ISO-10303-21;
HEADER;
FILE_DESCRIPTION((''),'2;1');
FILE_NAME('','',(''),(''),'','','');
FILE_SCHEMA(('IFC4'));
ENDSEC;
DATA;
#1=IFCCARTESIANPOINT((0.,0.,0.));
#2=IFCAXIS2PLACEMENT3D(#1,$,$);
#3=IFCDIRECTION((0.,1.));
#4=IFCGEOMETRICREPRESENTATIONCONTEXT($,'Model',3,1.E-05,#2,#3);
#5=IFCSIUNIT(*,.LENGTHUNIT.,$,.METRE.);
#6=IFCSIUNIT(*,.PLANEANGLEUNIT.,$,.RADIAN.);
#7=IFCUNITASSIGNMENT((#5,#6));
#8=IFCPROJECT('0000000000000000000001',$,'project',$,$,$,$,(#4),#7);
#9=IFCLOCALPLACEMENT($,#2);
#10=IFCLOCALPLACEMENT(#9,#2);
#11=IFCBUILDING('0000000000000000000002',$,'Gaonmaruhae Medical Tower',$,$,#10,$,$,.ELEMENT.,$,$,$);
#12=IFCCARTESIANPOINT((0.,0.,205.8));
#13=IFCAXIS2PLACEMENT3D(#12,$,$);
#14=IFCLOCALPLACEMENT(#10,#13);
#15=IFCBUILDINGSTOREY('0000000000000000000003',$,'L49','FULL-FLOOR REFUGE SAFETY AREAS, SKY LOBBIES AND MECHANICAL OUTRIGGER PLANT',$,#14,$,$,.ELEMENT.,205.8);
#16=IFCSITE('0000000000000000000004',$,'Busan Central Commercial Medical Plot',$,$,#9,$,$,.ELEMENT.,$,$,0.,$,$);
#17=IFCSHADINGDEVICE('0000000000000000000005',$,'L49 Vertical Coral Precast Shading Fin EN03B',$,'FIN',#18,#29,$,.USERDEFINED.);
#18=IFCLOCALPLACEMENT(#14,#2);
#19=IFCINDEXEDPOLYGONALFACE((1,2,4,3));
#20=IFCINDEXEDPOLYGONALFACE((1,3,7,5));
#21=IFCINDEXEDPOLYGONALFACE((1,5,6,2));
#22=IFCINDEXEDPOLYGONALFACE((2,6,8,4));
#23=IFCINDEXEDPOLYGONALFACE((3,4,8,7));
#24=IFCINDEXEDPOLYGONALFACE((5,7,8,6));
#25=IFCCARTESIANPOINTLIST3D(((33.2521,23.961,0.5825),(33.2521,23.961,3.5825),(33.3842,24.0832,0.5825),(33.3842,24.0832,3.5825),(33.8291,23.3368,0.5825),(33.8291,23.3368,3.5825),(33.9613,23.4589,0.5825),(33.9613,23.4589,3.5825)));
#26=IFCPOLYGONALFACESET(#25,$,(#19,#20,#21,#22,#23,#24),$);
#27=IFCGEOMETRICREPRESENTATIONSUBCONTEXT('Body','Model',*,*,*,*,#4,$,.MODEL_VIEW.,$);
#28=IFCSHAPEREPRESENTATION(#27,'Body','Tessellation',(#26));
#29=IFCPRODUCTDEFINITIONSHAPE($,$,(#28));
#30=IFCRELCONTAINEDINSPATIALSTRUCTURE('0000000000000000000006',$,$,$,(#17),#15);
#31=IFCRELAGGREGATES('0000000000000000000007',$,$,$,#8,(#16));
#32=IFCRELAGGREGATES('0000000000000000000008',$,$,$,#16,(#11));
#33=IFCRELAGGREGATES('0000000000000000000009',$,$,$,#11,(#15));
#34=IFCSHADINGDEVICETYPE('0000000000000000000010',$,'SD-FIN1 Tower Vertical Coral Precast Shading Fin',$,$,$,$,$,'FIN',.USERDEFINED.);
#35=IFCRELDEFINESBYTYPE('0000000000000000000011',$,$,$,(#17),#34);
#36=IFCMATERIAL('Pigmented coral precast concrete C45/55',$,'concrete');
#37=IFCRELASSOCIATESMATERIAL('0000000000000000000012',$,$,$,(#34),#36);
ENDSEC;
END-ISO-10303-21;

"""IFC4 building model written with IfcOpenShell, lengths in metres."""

from ifc_helpers import new_model, si_unit, direction, frame, origin, origin_2d, place, context, subcontext, project, spatial, rectangle, extrude, material, type_object, element, save


model = new_model("IFC4")

# Units and contexts
model_context = context("Model", 3, precision=1e-05, world=origin(), true_north=direction((0.0, 1.0)))
body_context = subcontext(model_context, "Body", "Model", "MODEL_VIEW")
ifc_project = project(units=[si_unit("LENGTHUNIT", "METRE"), si_unit("PLANEANGLEUNIT", "RADIAN")], contexts=[model_context])

# Site, building, storey
site_placement = place(None, origin())
site = spatial("IfcSite", under=ifc_project, at=site_placement, Name="Busan Central Commercial Medical Plot", CompositionType="ELEMENT", RefElevation=0.0)
building_placement = place(site_placement, origin())
building = spatial("IfcBuilding", under=site, at=building_placement, Name="Gaonmaruhae Medical Tower", CompositionType="ELEMENT")
storey_placement = place(building_placement, frame((0.0, 0.0, 205.8)))
storey = spatial("IfcBuildingStorey", under=building, at=storey_placement, Name="L49", Description="FULL-FLOOR REFUGE SAFETY AREAS, SKY LOBBIES AND MECHANICAL OUTRIGGER PLANT", CompositionType="ELEMENT", Elevation=205.8)

# Shading device
ifc_material_1 = material(Name="Pigmented coral precast concrete C45/55", Category="concrete")
shading_device_type = type_object("IfcShadingDeviceType", Name="SD-FIN1 Tower Vertical Coral Precast Shading Fin", ElementType="FIN", PredefinedType="USERDEFINED", material=ifc_material_1)
shading_device_placement = place(storey_placement, frame((33.6067, 23.71, 0.5825), z_axis=(0.0, 0.0, 1.0), x_axis=(0.734323, 0.678801, 0.0)))
element("IfcShadingDevice", 1, at=shading_device_placement, inside=storey, type_object=shading_device_type, Name="L49 Vertical Coral Precast Shading Fin EN03B", ObjectType="FIN", PredefinedType="USERDEFINED", context=body_context, shape_type="SweptSolid", body=[
    extrude(rectangle(XDim=0.1799, YDim=0.8501, at=origin_2d()), origin(), (0.0, 0.0, 1.0), 3.0),
])

save(model, "model.ifc")
